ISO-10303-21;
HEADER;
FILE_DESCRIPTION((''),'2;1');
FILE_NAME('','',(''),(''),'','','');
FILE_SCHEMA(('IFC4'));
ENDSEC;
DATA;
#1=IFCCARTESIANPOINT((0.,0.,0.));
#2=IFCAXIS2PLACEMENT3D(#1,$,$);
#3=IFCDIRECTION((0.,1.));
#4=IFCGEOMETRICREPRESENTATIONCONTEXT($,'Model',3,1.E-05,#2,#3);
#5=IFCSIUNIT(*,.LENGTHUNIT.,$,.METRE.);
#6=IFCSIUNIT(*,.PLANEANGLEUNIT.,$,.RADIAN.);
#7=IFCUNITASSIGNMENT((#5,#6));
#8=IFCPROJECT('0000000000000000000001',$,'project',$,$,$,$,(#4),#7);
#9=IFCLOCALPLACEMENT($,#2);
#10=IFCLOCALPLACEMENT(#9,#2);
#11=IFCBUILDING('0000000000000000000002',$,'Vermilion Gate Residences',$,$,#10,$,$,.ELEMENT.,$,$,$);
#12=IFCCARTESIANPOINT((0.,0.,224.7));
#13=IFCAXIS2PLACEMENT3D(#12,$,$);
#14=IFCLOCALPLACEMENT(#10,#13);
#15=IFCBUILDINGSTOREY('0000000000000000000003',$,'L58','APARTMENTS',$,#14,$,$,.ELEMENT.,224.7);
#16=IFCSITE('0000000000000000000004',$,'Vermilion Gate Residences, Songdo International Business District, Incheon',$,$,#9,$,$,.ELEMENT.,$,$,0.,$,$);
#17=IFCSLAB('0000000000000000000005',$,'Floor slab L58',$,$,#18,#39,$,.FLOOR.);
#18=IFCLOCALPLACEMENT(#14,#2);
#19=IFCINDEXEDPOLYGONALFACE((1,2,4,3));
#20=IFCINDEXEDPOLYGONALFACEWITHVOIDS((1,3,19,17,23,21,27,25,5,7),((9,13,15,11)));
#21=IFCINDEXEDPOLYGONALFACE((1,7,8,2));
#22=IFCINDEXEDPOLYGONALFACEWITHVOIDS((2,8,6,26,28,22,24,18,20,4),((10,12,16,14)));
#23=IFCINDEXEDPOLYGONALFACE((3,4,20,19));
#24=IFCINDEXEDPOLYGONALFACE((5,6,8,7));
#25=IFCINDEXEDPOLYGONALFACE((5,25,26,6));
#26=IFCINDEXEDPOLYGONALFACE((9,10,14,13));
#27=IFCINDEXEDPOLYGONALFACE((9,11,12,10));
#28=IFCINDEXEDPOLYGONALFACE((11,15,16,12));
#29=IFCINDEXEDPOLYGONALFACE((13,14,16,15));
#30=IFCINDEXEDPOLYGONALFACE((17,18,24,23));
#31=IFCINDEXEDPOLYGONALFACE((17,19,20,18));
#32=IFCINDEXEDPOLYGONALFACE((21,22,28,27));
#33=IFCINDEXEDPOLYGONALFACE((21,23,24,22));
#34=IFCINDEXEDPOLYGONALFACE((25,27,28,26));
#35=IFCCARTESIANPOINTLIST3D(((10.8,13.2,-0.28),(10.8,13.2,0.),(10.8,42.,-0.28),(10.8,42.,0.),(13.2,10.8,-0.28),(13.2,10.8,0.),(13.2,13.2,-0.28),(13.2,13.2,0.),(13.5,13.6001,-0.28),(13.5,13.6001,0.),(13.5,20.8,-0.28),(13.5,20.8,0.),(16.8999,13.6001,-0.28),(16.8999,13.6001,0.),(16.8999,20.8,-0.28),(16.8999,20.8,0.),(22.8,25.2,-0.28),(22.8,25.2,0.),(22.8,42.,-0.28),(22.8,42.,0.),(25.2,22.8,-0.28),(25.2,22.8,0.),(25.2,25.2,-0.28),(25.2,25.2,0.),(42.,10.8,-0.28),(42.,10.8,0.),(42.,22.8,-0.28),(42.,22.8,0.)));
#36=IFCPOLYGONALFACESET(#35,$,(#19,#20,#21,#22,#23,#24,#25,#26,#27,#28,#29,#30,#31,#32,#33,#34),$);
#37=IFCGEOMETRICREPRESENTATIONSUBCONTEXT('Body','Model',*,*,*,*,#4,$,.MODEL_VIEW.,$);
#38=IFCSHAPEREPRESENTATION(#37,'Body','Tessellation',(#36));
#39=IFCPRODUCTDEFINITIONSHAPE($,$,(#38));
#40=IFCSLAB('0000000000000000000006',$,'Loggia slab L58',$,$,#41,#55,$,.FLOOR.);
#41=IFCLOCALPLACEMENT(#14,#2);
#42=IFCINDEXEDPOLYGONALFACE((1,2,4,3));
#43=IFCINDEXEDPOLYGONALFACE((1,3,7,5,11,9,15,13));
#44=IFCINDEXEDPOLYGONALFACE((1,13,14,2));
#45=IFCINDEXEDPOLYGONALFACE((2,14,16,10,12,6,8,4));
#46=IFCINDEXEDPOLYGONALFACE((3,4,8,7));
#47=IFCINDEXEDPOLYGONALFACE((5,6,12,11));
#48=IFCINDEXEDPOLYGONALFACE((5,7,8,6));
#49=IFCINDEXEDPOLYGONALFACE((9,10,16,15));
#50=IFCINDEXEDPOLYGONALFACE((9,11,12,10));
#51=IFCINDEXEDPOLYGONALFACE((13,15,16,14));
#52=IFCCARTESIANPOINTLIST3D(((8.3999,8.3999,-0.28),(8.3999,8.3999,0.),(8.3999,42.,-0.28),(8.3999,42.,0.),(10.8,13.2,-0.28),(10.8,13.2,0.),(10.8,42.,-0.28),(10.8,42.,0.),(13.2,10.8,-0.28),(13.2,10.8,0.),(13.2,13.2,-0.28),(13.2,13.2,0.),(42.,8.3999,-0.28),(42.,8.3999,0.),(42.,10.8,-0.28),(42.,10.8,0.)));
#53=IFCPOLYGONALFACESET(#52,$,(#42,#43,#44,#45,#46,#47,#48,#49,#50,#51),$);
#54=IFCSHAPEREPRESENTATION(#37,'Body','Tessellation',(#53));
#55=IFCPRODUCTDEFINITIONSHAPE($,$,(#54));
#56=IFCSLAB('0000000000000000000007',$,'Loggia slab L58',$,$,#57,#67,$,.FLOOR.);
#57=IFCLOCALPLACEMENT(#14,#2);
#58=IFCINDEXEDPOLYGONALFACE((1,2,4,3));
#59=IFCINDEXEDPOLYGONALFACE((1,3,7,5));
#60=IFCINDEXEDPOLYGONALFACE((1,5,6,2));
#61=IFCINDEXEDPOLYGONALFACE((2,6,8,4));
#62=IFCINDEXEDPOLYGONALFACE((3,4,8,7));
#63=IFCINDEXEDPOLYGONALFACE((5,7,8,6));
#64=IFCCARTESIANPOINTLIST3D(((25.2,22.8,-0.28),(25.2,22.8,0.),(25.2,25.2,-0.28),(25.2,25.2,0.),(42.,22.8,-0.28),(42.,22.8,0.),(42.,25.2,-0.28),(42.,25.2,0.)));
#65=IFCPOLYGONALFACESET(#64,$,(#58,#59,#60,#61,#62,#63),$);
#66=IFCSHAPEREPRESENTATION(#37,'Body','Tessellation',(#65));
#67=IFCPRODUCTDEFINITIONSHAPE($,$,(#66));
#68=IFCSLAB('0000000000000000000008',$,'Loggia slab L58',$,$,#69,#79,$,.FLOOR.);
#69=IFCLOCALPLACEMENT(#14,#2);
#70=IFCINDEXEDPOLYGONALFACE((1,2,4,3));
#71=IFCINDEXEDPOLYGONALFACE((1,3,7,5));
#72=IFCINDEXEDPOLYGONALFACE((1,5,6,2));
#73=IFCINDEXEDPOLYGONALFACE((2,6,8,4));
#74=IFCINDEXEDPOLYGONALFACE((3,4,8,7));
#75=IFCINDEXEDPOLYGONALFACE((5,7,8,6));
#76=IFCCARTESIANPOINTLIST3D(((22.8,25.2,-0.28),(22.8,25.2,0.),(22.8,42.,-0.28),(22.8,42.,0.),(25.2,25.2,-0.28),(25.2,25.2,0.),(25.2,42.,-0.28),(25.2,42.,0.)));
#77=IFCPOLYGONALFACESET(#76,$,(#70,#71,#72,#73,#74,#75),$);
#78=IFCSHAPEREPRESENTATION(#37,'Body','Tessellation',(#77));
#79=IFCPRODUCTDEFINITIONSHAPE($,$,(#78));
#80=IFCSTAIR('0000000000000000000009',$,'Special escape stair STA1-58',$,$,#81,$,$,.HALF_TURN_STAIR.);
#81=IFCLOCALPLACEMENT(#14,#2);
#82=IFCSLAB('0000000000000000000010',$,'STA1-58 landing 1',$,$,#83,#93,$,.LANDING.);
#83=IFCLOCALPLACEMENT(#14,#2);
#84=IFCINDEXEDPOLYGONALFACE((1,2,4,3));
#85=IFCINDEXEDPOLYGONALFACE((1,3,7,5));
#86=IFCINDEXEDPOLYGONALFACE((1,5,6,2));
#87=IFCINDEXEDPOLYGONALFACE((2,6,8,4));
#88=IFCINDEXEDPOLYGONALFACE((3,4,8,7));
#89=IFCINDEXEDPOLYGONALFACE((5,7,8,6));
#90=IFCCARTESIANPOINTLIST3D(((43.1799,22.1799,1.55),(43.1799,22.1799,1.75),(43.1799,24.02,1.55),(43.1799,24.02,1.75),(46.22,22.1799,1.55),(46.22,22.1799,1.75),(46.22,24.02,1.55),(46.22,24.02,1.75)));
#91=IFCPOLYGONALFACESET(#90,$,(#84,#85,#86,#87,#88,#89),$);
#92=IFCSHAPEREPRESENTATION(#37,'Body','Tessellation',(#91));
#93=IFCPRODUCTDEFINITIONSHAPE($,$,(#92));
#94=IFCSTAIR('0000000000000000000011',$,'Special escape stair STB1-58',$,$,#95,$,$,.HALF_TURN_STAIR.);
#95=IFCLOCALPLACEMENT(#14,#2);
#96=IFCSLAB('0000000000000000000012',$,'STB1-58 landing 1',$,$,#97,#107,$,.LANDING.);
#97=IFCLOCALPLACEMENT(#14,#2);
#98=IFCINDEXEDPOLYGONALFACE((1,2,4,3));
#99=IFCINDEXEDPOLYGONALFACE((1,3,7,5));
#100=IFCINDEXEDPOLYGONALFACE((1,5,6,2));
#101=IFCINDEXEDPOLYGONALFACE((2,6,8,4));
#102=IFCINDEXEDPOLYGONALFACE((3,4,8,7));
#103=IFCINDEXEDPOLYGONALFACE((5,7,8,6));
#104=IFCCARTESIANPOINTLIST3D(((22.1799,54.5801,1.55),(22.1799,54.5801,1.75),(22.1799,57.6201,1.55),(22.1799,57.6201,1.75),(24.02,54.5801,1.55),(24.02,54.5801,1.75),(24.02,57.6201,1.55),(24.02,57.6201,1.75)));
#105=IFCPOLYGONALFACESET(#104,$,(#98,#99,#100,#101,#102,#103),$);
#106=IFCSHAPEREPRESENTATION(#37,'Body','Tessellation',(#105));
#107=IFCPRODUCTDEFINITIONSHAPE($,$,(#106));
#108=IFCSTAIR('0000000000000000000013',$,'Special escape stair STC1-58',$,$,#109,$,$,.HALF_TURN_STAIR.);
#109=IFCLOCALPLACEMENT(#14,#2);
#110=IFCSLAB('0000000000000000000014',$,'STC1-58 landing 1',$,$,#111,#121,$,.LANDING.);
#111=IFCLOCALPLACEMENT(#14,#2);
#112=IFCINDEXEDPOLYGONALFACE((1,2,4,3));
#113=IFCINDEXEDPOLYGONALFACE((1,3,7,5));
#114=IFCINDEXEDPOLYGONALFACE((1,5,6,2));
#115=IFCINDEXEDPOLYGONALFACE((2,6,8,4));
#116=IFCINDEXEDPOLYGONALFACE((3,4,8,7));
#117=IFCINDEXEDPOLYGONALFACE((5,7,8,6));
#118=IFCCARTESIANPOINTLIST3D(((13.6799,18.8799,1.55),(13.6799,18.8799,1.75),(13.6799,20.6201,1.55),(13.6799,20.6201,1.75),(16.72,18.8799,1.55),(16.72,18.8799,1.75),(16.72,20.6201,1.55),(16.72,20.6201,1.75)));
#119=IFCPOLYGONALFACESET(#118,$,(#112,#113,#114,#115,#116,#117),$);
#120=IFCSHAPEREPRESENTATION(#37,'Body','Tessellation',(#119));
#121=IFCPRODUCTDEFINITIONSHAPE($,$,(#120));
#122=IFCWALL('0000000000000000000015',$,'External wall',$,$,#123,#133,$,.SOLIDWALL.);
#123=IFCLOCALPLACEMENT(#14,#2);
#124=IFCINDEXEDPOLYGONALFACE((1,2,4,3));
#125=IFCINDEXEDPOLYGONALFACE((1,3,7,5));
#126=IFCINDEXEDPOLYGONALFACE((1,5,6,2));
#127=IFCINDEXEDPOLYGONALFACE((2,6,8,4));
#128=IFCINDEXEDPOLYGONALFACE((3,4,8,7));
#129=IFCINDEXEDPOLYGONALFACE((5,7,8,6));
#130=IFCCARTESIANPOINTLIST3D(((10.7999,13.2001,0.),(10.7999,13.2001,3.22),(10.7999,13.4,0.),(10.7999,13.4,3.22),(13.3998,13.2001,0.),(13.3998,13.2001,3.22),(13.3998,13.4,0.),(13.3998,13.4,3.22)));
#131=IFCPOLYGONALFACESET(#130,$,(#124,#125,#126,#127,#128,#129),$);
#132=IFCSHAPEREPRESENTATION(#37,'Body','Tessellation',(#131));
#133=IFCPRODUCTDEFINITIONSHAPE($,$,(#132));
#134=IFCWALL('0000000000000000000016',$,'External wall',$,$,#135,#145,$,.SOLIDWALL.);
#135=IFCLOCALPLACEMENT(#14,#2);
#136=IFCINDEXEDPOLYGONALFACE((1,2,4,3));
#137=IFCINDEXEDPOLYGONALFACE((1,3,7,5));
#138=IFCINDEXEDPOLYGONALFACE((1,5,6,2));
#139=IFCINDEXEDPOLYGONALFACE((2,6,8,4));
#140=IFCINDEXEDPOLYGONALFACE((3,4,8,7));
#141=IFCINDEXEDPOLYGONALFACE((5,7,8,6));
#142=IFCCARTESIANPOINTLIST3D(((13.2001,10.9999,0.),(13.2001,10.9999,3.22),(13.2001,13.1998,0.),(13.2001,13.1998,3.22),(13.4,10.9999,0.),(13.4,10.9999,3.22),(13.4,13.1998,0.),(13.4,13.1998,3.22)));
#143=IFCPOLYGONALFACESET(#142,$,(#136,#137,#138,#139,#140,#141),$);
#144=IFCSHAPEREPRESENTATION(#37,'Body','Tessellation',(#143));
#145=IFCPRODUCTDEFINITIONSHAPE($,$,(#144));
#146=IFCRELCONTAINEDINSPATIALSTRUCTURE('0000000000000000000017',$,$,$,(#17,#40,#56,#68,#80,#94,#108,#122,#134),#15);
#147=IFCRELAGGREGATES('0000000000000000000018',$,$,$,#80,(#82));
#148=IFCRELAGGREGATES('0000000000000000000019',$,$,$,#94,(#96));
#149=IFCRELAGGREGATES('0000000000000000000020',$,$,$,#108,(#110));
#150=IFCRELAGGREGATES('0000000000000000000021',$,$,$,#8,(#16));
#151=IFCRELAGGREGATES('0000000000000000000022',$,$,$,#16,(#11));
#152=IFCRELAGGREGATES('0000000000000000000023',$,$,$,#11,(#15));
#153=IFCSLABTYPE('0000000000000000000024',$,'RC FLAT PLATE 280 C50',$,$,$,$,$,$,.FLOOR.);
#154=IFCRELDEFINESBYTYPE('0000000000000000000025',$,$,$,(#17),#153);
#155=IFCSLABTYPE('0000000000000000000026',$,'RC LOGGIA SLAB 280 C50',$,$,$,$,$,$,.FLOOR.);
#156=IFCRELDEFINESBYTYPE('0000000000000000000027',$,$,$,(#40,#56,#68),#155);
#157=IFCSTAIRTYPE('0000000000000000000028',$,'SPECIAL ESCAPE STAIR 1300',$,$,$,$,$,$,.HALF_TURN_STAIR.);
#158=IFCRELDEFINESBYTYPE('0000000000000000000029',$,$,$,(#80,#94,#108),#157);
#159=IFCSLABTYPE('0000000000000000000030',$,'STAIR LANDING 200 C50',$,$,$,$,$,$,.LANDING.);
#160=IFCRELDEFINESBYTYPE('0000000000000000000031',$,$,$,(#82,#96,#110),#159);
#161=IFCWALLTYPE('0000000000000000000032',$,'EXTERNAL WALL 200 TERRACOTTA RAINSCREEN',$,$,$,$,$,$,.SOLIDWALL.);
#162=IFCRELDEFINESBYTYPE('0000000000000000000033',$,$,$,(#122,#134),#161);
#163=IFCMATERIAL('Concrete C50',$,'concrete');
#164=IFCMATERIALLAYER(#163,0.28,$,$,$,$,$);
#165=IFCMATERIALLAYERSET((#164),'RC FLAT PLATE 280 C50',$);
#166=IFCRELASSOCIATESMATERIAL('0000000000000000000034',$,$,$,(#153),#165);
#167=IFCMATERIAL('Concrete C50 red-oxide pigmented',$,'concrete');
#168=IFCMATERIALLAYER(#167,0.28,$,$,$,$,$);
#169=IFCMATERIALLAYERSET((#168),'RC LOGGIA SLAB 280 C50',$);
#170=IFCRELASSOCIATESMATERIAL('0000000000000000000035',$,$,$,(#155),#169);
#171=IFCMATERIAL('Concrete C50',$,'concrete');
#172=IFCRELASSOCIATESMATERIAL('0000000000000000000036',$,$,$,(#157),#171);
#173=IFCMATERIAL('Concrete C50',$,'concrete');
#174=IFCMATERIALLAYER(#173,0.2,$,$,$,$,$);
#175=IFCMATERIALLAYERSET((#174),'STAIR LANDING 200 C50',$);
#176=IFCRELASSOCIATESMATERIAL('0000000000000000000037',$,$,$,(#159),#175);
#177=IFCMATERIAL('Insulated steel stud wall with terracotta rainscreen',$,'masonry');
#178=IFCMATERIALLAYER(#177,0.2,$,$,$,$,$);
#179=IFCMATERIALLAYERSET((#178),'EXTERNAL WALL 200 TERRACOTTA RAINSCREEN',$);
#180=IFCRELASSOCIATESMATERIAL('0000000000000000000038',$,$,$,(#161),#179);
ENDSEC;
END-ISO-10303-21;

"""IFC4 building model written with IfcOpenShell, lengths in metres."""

from ifc_helpers import new_model, si_unit, direction, frame, frame_2d, origin, place, context, subcontext, project, spatial, polyline, rectangle, outline, extrude, material, layer, layer_set, type_object, element, aggregate, save


model = new_model("IFC4")

# Units and contexts
model_context = context("Model", 3, precision=1e-05, world=origin(), true_north=direction((0.0, 1.0)))
body_context = subcontext(model_context, "Body", "Model", "MODEL_VIEW")
ifc_project = project(units=[si_unit("LENGTHUNIT", "METRE"), si_unit("PLANEANGLEUNIT", "RADIAN")], contexts=[model_context])

# Site, building, storey
site_placement = place(None, origin())
site = spatial("IfcSite", under=ifc_project, at=site_placement, Name="Vermilion Gate Residences, Songdo International Business District, Incheon", CompositionType="ELEMENT", RefElevation=0.0)
building_placement = place(site_placement, origin())
building = spatial("IfcBuilding", under=site, at=building_placement, Name="Vermilion Gate Residences", CompositionType="ELEMENT")
storey_placement = place(building_placement, frame((0.0, 0.0, 224.7)))
storey = spatial("IfcBuildingStorey", under=building, at=storey_placement, Name="L58", Description="APARTMENTS", CompositionType="ELEMENT", Elevation=224.7)

# Slabs
ifc_material_1 = material(Name="Concrete C50", Category="concrete")
ifc_layer_1 = layer(ifc_material_1, 0.28)
ifc_layer_set_1 = layer_set([ifc_layer_1], Name="RC FLAT PLATE 280 C50")
slab_type_1 = type_object("IfcSlabType", Name="RC FLAT PLATE 280 C50", PredefinedType="FLOOR", material=ifc_layer_set_1)
slab_1_placement = place(storey_placement, frame((0.0, 0.0, -0.28)))
element("IfcSlab", 1, at=slab_1_placement, inside=storey, type_object=slab_type_1, Name="Floor slab L58", PredefinedType="FLOOR", context=body_context, shape_type="SweptSolid", body=[
    extrude(outline(polyline([(22.8, 25.2), (22.8, 42.0), (10.8, 42.0), (10.8, 13.2), (13.2, 13.2), (13.2, 10.8), (42.0, 10.8), (42.0, 22.8), (25.2, 22.8), (25.2, 25.2), (22.8, 25.2)]), holes=[polyline([(13.5, 13.6001), (13.5, 20.8), (16.8999, 20.8), (16.8999, 13.6001), (13.5, 13.6001)])]), origin(), (0.0, 0.0, 1.0), 0.28),
])
ifc_material_2 = material(Name="Concrete C50 red-oxide pigmented", Category="concrete")
ifc_layer_2 = layer(ifc_material_2, 0.28)
ifc_layer_set_2 = layer_set([ifc_layer_2], Name="RC LOGGIA SLAB 280 C50")
slab_type_2 = type_object("IfcSlabType", Name="RC LOGGIA SLAB 280 C50", PredefinedType="FLOOR", material=ifc_layer_set_2)
slab_2_placement = place(storey_placement, frame((0.0, 0.0, -0.28)))
element("IfcSlab", 2, at=slab_2_placement, inside=storey, type_object=slab_type_2, Name="Loggia slab L58", PredefinedType="FLOOR", context=body_context, shape_type="SweptSolid", body=[
    extrude(outline(polyline([(8.3999, 8.3999), (42.0, 8.3999), (42.0, 10.8), (13.2, 10.8), (13.2, 13.2), (10.8, 13.2), (10.8, 42.0), (8.3999, 42.0), (8.3999, 8.3999)])), origin(), (0.0, 0.0, 1.0), 0.28),
])
slab_3_placement = place(storey_placement, frame((0.0, 0.0, -0.28)))
element("IfcSlab", 3, at=slab_3_placement, inside=storey, type_object=slab_type_2, Name="Loggia slab L58", PredefinedType="FLOOR", context=body_context, shape_type="SweptSolid", body=[
    extrude(outline(polyline([(25.2, 22.8), (42.0, 22.8), (42.0, 25.2), (25.2, 25.2), (25.2, 22.8)])), origin(), (0.0, 0.0, 1.0), 0.28),
])
slab_4_placement = place(storey_placement, frame((0.0, 0.0, -0.28)))
element("IfcSlab", 4, at=slab_4_placement, inside=storey, type_object=slab_type_2, Name="Loggia slab L58", PredefinedType="FLOOR", context=body_context, shape_type="SweptSolid", body=[
    extrude(outline(polyline([(25.2, 42.0), (22.8, 42.0), (22.8, 25.2), (25.2, 25.2), (25.2, 42.0)])), origin(), (0.0, 0.0, 1.0), 0.28),
])

# Stairs, slabs
ifc_material_3 = material(Name="Concrete C50", Category="concrete")
stair_type = type_object("IfcStairType", Name="SPECIAL ESCAPE STAIR 1300", PredefinedType="HALF_TURN_STAIR", material=ifc_material_3)
stair_1_placement = place(storey_placement, origin())
stair_1 = element("IfcStair", 5, at=stair_1_placement, inside=storey, type_object=stair_type, Name="Special escape stair STA1-58", PredefinedType="HALF_TURN_STAIR")
ifc_material_4 = material(Name="Concrete C50", Category="concrete")
ifc_layer_3 = layer(ifc_material_4, 0.2)
ifc_layer_set_3 = layer_set([ifc_layer_3], Name="STAIR LANDING 200 C50")
slab_type_3 = type_object("IfcSlabType", Name="STAIR LANDING 200 C50", PredefinedType="LANDING", material=ifc_layer_set_3)
slab_5_placement = place(storey_placement, frame((0.0, 0.0, 1.55)))
slab_5 = element("IfcSlab", 6, at=slab_5_placement, type_object=slab_type_3, Name="STA1-58 landing 1", PredefinedType="LANDING", context=body_context, shape_type="SweptSolid", body=[
    extrude(outline(polyline([(46.22, 22.1799), (46.22, 24.02), (43.1799, 24.02), (43.1799, 22.1799), (46.22, 22.1799)])), origin(), (0.0, 0.0, 1.0), 0.2),
])
aggregate(stair_1, [slab_5])
stair_2_placement = place(storey_placement, origin())
stair_2 = element("IfcStair", 7, at=stair_2_placement, inside=storey, type_object=stair_type, Name="Special escape stair STB1-58", PredefinedType="HALF_TURN_STAIR")
slab_6_placement = place(storey_placement, frame((0.0, 0.0, 1.55)))
slab_6 = element("IfcSlab", 8, at=slab_6_placement, type_object=slab_type_3, Name="STB1-58 landing 1", PredefinedType="LANDING", context=body_context, shape_type="SweptSolid", body=[
    extrude(outline(polyline([(24.02, 54.5801), (24.02, 57.6201), (22.1799, 57.6201), (22.1799, 54.5801), (24.02, 54.5801)])), origin(), (0.0, 0.0, 1.0), 0.2),
])
aggregate(stair_2, [slab_6])
stair_3_placement = place(storey_placement, origin())
stair_3 = element("IfcStair", 9, at=stair_3_placement, inside=storey, type_object=stair_type, Name="Special escape stair STC1-58", PredefinedType="HALF_TURN_STAIR")
slab_7_placement = place(storey_placement, frame((0.0, 0.0, 1.55)))
slab_7 = element("IfcSlab", 10, at=slab_7_placement, type_object=slab_type_3, Name="STC1-58 landing 1", PredefinedType="LANDING", context=body_context, shape_type="SweptSolid", body=[
    extrude(outline(polyline([(16.72, 18.8799), (16.72, 20.6201), (13.6799, 20.6201), (13.6799, 18.8799), (16.72, 18.8799)])), origin(), (0.0, 0.0, 1.0), 0.2),
])
aggregate(stair_3, [slab_7])

# Walls
ifc_material_5 = material(Name="Insulated steel stud wall with terracotta rainscreen", Category="masonry")
ifc_layer_4 = layer(ifc_material_5, 0.2)
ifc_layer_set_4 = layer_set([ifc_layer_4], Name="EXTERNAL WALL 200 TERRACOTTA RAINSCREEN")
wall_type_1 = type_object("IfcWallType", Name="EXTERNAL WALL 200 TERRACOTTA RAINSCREEN", PredefinedType="SOLIDWALL", material=ifc_layer_set_4)
wall_1_placement = place(storey_placement, frame((10.8, 13.3, 0.0), z_axis=(0.0, 0.0, 1.0), x_axis=(1.0, 0.0, 0.0)))
element("IfcWall", 11, at=wall_1_placement, inside=storey, type_object=wall_type_1, Name="External wall", PredefinedType="SOLIDWALL", context=body_context, shape_type="SweptSolid", body=[
    extrude(rectangle(XDim=2.5999, YDim=0.2, at=frame_2d((1.2998, 0.0))), origin(), (0.0, 0.0, 1.0), 3.22),
])
wall_2_placement = place(storey_placement, frame((13.3, 13.2, 0.0), z_axis=(0.0, 0.0, 1.0), x_axis=(0.0, -1.0, 0.0)))
element("IfcWall", 12, at=wall_2_placement, inside=storey, type_object=wall_type_1, Name="External wall", PredefinedType="SOLIDWALL", context=body_context, shape_type="SweptSolid", body=[
    extrude(rectangle(XDim=2.2, YDim=0.2, at=frame_2d((1.1001, 0.0))), origin(), (0.0, 0.0, 1.0), 3.22),
])

save(model, "model.ifc")
